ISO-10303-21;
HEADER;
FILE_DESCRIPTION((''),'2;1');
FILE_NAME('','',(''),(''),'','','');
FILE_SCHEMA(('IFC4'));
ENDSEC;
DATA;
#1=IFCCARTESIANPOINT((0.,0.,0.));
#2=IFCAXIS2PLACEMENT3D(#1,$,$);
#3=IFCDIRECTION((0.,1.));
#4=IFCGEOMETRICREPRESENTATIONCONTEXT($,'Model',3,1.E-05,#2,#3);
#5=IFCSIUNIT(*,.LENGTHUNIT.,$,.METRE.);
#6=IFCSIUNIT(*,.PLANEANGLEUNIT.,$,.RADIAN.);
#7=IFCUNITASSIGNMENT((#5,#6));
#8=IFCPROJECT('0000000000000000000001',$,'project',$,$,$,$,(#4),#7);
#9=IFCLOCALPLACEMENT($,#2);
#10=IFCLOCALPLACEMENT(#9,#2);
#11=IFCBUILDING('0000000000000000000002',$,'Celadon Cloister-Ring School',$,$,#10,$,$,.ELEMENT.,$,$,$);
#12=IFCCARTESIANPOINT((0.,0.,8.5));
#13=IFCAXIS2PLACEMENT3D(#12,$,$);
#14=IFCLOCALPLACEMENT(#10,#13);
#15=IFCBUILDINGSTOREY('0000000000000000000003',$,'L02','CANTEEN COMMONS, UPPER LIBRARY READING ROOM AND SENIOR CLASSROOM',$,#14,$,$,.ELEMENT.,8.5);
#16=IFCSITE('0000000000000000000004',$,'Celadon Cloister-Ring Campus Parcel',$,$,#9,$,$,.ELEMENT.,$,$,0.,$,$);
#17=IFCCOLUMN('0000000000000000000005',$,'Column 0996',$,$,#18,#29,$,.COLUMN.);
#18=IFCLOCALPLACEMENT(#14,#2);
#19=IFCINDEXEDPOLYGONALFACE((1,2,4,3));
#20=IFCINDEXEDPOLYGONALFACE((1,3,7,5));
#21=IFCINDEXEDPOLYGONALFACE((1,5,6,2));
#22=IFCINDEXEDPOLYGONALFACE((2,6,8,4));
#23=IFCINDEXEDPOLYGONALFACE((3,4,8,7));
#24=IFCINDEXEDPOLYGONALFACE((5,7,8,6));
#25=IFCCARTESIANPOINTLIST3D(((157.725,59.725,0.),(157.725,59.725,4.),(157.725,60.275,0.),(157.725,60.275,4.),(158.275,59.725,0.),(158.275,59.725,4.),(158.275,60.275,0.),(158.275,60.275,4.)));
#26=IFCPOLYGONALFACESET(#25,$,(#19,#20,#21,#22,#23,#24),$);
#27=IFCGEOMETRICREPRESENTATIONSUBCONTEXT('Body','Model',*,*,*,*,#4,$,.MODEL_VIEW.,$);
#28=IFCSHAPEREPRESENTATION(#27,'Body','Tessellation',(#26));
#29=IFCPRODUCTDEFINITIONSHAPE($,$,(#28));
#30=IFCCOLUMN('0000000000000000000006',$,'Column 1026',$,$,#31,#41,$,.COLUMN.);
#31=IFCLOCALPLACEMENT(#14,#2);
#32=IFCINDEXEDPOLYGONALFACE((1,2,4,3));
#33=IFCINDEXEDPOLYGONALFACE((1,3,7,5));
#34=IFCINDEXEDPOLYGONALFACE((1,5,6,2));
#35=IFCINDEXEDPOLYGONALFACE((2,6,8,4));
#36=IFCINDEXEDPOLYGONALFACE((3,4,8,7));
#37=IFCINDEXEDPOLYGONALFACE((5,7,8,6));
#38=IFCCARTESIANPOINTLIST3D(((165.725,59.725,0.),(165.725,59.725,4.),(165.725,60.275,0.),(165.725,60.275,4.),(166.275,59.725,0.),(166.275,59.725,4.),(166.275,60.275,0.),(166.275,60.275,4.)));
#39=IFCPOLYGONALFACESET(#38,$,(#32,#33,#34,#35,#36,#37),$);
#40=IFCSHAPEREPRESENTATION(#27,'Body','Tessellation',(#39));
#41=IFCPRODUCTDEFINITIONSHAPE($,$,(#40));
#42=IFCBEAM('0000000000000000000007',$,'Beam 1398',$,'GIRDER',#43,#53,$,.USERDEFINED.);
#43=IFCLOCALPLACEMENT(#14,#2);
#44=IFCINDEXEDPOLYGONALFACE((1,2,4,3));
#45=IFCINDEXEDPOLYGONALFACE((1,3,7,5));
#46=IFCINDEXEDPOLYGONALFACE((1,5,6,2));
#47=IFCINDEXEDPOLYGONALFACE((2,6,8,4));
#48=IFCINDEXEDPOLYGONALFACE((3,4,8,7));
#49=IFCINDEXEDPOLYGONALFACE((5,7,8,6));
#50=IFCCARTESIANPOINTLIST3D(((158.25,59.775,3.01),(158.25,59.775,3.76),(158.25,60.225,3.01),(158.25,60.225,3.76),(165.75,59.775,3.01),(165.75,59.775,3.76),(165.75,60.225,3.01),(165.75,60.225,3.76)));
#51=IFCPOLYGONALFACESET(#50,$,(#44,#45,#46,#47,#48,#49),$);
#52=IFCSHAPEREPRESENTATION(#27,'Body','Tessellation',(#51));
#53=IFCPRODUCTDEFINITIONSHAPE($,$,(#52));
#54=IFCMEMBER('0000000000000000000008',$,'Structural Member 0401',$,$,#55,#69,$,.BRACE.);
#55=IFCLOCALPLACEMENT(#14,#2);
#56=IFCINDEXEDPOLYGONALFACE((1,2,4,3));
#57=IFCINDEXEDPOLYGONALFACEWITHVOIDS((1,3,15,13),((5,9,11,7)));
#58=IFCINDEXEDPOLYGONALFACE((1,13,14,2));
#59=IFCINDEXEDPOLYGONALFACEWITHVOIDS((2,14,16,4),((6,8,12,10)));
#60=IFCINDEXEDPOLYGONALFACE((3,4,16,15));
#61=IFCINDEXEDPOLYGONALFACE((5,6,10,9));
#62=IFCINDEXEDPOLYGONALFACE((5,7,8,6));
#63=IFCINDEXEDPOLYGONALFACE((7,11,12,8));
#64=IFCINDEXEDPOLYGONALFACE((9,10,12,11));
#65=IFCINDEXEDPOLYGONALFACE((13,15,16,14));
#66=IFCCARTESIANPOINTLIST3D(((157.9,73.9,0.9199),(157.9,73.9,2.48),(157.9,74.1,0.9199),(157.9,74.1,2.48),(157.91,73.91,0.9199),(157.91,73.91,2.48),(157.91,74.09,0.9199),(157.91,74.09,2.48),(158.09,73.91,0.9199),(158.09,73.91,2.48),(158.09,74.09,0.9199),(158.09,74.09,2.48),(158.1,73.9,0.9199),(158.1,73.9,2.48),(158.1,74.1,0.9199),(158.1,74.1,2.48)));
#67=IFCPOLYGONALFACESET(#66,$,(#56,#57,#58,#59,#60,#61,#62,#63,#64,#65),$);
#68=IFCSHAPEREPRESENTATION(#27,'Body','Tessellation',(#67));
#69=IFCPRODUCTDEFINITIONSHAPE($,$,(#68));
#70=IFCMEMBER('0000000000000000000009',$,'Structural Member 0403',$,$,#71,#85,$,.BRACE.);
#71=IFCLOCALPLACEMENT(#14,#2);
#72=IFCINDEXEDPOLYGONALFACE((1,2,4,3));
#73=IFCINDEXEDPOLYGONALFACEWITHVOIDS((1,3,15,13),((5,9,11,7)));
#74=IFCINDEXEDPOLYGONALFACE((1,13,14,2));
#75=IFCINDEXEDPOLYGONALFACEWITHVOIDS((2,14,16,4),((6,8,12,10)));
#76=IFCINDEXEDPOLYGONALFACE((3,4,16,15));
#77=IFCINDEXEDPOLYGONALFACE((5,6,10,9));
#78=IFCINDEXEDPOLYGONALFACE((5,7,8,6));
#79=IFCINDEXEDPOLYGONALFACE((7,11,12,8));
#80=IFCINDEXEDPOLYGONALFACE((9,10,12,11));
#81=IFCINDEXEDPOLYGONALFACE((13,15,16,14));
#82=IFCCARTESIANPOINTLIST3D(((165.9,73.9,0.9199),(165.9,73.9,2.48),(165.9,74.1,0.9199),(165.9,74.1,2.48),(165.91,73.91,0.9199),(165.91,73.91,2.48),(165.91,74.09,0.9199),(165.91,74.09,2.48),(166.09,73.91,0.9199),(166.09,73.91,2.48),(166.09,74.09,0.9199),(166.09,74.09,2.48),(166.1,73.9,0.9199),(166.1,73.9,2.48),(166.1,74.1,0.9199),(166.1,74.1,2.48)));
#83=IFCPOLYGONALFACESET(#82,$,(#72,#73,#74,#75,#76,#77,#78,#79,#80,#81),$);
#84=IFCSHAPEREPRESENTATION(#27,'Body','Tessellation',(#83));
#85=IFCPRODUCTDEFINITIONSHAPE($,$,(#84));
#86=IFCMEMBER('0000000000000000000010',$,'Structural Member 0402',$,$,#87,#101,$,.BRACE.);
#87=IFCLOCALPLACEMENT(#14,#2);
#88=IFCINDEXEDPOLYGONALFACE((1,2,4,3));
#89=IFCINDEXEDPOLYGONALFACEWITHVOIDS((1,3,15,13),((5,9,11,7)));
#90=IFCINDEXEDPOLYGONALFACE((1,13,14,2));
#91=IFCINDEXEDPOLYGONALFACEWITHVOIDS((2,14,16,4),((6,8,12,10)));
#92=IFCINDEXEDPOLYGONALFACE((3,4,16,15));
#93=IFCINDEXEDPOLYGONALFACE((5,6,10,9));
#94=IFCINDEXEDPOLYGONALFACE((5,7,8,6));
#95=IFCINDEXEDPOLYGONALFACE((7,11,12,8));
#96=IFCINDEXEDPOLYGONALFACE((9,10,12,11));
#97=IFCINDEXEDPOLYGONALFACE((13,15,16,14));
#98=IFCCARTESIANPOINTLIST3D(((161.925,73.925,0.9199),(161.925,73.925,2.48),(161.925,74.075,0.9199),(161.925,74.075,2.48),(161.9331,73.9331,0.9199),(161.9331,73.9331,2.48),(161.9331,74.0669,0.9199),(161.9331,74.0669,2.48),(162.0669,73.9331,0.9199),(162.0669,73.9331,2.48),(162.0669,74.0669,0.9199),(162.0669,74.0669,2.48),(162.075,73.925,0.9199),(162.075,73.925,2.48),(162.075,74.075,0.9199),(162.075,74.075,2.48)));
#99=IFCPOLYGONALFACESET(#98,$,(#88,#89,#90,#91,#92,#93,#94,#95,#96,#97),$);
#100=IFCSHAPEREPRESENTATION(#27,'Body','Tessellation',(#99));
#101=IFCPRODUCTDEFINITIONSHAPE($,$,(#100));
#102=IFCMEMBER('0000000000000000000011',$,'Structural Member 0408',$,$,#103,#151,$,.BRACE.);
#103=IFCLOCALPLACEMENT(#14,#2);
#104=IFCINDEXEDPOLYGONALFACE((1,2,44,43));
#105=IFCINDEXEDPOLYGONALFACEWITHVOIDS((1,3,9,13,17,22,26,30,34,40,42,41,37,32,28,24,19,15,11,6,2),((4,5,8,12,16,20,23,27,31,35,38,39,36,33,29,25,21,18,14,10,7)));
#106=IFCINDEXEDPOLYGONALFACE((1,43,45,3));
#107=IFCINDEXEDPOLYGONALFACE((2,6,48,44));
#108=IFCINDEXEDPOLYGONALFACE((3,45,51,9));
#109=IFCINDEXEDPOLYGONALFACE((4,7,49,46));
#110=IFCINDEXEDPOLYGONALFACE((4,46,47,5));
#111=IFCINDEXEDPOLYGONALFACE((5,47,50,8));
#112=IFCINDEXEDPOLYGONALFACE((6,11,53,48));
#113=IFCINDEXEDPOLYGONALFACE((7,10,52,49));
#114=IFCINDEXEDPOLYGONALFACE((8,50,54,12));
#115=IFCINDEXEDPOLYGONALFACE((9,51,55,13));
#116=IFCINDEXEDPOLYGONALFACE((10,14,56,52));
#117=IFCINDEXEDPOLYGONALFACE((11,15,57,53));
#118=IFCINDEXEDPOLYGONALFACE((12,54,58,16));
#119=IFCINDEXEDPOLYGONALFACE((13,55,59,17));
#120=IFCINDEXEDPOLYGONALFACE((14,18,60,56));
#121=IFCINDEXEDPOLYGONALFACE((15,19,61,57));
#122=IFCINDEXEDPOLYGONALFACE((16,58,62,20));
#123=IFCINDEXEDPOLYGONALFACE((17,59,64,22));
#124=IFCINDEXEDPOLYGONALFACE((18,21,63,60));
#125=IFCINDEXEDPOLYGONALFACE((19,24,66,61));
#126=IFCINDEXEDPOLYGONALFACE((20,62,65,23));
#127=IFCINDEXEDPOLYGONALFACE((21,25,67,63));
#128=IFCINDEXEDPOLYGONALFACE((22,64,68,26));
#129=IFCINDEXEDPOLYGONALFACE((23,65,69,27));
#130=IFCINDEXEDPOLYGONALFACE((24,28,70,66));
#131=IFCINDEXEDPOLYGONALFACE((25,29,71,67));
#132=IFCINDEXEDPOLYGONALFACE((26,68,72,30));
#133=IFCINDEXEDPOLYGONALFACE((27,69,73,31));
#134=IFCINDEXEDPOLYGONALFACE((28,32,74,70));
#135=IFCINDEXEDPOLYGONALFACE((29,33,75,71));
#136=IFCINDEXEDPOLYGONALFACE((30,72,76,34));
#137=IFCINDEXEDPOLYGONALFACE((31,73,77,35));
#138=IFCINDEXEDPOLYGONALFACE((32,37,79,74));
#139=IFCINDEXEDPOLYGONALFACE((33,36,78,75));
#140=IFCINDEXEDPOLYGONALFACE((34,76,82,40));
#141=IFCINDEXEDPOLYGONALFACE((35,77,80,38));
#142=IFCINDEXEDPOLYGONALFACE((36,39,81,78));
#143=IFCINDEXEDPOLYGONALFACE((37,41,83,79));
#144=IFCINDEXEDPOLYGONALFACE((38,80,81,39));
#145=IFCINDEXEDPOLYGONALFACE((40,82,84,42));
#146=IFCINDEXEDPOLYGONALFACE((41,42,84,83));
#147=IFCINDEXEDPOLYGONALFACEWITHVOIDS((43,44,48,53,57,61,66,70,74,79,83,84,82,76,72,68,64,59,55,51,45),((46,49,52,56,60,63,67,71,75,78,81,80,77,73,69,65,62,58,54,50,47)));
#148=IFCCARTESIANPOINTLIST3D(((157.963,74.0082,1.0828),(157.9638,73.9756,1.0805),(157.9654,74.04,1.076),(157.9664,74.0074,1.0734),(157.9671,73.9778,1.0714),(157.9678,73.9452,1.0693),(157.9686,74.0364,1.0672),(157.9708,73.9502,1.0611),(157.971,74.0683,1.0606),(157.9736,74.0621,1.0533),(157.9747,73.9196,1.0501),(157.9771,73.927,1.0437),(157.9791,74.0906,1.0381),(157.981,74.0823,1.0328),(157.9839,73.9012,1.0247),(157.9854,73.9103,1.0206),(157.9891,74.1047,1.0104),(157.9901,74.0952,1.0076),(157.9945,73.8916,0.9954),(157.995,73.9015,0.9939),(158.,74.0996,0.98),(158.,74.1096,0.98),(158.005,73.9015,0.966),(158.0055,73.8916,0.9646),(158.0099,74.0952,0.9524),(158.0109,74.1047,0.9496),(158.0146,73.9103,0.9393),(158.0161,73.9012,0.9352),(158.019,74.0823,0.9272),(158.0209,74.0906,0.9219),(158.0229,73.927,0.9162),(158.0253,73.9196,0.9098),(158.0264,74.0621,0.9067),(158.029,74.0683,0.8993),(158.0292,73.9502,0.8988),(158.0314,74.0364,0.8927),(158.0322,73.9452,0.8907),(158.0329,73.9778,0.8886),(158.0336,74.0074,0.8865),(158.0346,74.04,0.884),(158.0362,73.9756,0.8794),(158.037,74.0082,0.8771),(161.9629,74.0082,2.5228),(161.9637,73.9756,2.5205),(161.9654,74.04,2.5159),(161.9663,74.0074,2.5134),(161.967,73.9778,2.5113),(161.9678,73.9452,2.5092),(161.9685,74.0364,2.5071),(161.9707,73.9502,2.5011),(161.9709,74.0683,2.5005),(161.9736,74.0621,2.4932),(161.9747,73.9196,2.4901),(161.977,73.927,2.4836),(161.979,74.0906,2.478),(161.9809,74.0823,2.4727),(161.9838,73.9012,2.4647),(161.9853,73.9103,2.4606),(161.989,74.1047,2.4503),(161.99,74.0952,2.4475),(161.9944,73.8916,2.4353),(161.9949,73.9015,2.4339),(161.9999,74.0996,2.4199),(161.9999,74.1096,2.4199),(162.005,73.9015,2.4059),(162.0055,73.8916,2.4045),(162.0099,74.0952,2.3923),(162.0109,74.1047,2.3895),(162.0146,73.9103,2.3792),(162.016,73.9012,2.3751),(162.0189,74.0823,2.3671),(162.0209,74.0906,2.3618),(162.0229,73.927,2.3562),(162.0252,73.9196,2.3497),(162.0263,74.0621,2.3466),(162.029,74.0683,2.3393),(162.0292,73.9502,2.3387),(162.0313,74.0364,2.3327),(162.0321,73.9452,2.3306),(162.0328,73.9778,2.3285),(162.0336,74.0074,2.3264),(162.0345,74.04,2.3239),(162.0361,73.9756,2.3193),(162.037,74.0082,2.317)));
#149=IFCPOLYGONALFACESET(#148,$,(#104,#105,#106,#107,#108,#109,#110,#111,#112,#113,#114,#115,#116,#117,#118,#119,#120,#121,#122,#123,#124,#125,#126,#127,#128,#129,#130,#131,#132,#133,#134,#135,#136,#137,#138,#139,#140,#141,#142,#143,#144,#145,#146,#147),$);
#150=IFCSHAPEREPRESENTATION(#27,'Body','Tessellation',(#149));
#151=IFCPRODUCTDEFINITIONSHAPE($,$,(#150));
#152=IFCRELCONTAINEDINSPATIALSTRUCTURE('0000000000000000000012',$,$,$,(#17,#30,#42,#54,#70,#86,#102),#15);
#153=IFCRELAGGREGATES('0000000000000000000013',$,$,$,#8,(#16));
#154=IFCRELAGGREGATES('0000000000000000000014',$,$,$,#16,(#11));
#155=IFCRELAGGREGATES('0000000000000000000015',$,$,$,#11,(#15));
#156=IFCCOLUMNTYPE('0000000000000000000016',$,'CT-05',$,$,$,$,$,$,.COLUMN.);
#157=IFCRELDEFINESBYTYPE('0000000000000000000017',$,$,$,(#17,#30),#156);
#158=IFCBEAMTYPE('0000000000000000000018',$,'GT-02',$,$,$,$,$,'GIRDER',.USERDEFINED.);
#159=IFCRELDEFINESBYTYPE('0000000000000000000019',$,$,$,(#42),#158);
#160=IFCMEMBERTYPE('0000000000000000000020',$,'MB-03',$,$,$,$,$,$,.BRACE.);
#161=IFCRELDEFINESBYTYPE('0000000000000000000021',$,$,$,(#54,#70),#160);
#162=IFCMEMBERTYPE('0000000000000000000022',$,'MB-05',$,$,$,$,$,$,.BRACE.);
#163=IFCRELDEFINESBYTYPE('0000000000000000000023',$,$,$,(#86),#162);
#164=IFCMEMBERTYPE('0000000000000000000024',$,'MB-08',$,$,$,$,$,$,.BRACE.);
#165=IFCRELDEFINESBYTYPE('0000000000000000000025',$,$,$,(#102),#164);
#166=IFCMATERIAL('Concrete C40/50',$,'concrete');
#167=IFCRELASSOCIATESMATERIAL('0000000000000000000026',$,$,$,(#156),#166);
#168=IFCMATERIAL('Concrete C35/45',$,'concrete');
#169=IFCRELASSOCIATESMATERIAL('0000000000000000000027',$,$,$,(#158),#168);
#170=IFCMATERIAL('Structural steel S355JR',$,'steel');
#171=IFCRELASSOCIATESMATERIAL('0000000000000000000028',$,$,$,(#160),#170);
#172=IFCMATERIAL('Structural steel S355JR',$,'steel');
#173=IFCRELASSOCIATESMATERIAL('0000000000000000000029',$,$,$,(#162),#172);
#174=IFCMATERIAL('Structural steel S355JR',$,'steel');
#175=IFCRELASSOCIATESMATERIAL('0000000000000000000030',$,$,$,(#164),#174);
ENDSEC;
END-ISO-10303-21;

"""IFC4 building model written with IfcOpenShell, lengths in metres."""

from ifc_helpers import new_model, si_unit, direction, frame, origin, origin_2d, place, context, subcontext, project, spatial, rectangle, hollow_rectangle, hollow_circle, extrude, material, material_profile, profile_set, type_object, element, save


model = new_model("IFC4")

# Units and contexts
model_context = context("Model", 3, precision=1e-05, world=origin(), true_north=direction((0.0, 1.0)))
body_context = subcontext(model_context, "Body", "Model", "MODEL_VIEW")
ifc_project = project(units=[si_unit("LENGTHUNIT", "METRE"), si_unit("PLANEANGLEUNIT", "RADIAN")], contexts=[model_context])

# Site, building, storey
site_placement = place(None, origin())
site = spatial("IfcSite", under=ifc_project, at=site_placement, Name="Celadon Cloister-Ring Campus Parcel", CompositionType="ELEMENT", RefElevation=0.0)
building_placement = place(site_placement, origin())
building = spatial("IfcBuilding", under=site, at=building_placement, Name="Celadon Cloister-Ring School", CompositionType="ELEMENT")
storey_placement = place(building_placement, frame((0.0, 0.0, 8.5)))
storey = spatial("IfcBuildingStorey", under=building, at=storey_placement, Name="L02", Description="CANTEEN COMMONS, UPPER LIBRARY READING ROOM AND SENIOR CLASSROOM", CompositionType="ELEMENT", Elevation=8.5)

# Columns
ifc_material_1 = material(Name="Concrete C40/50", Category="concrete")
ifc_material_profile_1 = material_profile(ifc_material_1, rectangle(XDim=0.55, YDim=0.55, at=origin_2d()), Name="RC550X550")
ifc_profile_set_1 = profile_set([ifc_material_profile_1], Name="Concrete C40/50")
column_type = type_object("IfcColumnType", Name="CT-05", PredefinedType="COLUMN", material=ifc_profile_set_1)
for number, where, z_axis, x_axis, name in (
    (1, (158.0, 60.0, 0.0), (0.0, 0.0, 1.0), (1.0, 0.0, 0.0), "Column 0996"),
    (2, (166.0, 60.0, 0.0), (0.0, 0.0, 1.0), (1.0, 0.0, 0.0), "Column 1026"),
):
    element("IfcColumn", number, at=place(storey_placement, frame(where, z_axis=z_axis, x_axis=x_axis)), inside=storey, type_object=column_type, Name=name, PredefinedType="COLUMN", context=body_context, shape_type="SweptSolid", body=[
        extrude(rectangle(XDim=0.55, YDim=0.55, at=origin_2d()), origin(), (0.0, 0.0, 1.0), 4.0),
    ])

# Beam
ifc_material_2 = material(Name="Concrete C35/45", Category="concrete")
ifc_material_profile_2 = material_profile(ifc_material_2, rectangle(XDim=0.45, YDim=0.75, at=origin_2d()), Name="RC450X750")
ifc_profile_set_2 = profile_set([ifc_material_profile_2], Name="Concrete C35/45")
beam_type = type_object("IfcBeamType", Name="GT-02", ElementType="GIRDER", PredefinedType="USERDEFINED", material=ifc_profile_set_2)
beam_placement = place(storey_placement, frame((158.25, 60.0, 3.385), z_axis=(1.0, 0.0, 0.0), x_axis=(0.0, 1.0, 0.0)))
element("IfcBeam", 3, at=beam_placement, inside=storey, type_object=beam_type, Name="Beam 1398", ObjectType="GIRDER", PredefinedType="USERDEFINED", context=body_context, shape_type="SweptSolid", body=[
    extrude(rectangle(XDim=0.45, YDim=0.75, at=origin_2d()), origin(), (0.0, 0.0, 1.0), 7.5),
])

# Members
ifc_material_3 = material(Name="Structural steel S355JR", Category="steel")
ifc_material_profile_3 = material_profile(ifc_material_3, hollow_rectangle(XDim=0.2, YDim=0.2, WallThickness=0.01, at=origin_2d()), Name="HSS200X200X10")
ifc_profile_set_3 = profile_set([ifc_material_profile_3], Name="Structural steel S355JR")
member_type_1 = type_object("IfcMemberType", Name="MB-03", PredefinedType="BRACE", material=ifc_profile_set_3)
for number, where, z_axis, x_axis, name in (
    (4, (158.0, 74.0, 0.9199), (0.0, 0.0, 1.0), (1.0, 0.0, 0.0), "Structural Member 0401"),
    (5, (166.0, 74.0, 0.9199), (0.0, 0.0, 1.0), (1.0, 0.0, 0.0), "Structural Member 0403"),
):
    element("IfcMember", number, at=place(storey_placement, frame(where, z_axis=z_axis, x_axis=x_axis)), inside=storey, type_object=member_type_1, Name=name, PredefinedType="BRACE", context=body_context, shape_type="SweptSolid", body=[
        extrude(hollow_rectangle(XDim=0.2, YDim=0.2, WallThickness=0.01, at=origin_2d()), origin(), (0.0, 0.0, 1.0), 1.5601),
    ])
ifc_material_4 = material(Name="Structural steel S355JR", Category="steel")
ifc_material_profile_4 = material_profile(ifc_material_4, hollow_rectangle(XDim=0.1499, YDim=0.1499, WallThickness=0.0081, at=origin_2d()), Name="HSS150X150X8")
ifc_profile_set_4 = profile_set([ifc_material_profile_4], Name="Structural steel S355JR")
member_type_2 = type_object("IfcMemberType", Name="MB-05", PredefinedType="BRACE", material=ifc_profile_set_4)
member_1_placement = place(storey_placement, frame((162.0, 74.0, 0.9199), z_axis=(0.0, 0.0, 1.0), x_axis=(1.0, 0.0, 0.0)))
element("IfcMember", 6, at=member_1_placement, inside=storey, type_object=member_type_2, Name="Structural Member 0402", PredefinedType="BRACE", context=body_context, shape_type="SweptSolid", body=[
    extrude(hollow_rectangle(XDim=0.1499, YDim=0.1499, WallThickness=0.0081, at=origin_2d()), origin(), (0.0, 0.0, 1.0), 1.5601),
])
ifc_material_5 = material(Name="Structural steel S355JR", Category="steel")
ifc_material_profile_5 = material_profile(ifc_material_5, hollow_circle(Radius=0.1096, WallThickness=0.01, at=origin_2d()), Name="CHS219.1X10")
ifc_profile_set_5 = profile_set([ifc_material_profile_5], Name="Structural steel S355JR")
member_type_3 = type_object("IfcMemberType", Name="MB-08", PredefinedType="BRACE", material=ifc_profile_set_5)
for number, where, z_axis, x_axis, name in (
    (7, (158.0, 74.0, 0.98), (0.940892, 0.0, 0.338707), (0.0, 1.0, 0.0), "Structural Member 0408"),
):
    element("IfcMember", number, at=place(storey_placement, frame(where, z_axis=z_axis, x_axis=x_axis)), inside=storey, type_object=member_type_3, Name=name, PredefinedType="BRACE", context=body_context, shape_type="SweptSolid", body=[
        extrude(hollow_circle(Radius=0.1096, WallThickness=0.01, at=origin_2d()), origin(), (0.0, 0.0, 1.0), 4.2512),
    ])

save(model, "model.ifc")
